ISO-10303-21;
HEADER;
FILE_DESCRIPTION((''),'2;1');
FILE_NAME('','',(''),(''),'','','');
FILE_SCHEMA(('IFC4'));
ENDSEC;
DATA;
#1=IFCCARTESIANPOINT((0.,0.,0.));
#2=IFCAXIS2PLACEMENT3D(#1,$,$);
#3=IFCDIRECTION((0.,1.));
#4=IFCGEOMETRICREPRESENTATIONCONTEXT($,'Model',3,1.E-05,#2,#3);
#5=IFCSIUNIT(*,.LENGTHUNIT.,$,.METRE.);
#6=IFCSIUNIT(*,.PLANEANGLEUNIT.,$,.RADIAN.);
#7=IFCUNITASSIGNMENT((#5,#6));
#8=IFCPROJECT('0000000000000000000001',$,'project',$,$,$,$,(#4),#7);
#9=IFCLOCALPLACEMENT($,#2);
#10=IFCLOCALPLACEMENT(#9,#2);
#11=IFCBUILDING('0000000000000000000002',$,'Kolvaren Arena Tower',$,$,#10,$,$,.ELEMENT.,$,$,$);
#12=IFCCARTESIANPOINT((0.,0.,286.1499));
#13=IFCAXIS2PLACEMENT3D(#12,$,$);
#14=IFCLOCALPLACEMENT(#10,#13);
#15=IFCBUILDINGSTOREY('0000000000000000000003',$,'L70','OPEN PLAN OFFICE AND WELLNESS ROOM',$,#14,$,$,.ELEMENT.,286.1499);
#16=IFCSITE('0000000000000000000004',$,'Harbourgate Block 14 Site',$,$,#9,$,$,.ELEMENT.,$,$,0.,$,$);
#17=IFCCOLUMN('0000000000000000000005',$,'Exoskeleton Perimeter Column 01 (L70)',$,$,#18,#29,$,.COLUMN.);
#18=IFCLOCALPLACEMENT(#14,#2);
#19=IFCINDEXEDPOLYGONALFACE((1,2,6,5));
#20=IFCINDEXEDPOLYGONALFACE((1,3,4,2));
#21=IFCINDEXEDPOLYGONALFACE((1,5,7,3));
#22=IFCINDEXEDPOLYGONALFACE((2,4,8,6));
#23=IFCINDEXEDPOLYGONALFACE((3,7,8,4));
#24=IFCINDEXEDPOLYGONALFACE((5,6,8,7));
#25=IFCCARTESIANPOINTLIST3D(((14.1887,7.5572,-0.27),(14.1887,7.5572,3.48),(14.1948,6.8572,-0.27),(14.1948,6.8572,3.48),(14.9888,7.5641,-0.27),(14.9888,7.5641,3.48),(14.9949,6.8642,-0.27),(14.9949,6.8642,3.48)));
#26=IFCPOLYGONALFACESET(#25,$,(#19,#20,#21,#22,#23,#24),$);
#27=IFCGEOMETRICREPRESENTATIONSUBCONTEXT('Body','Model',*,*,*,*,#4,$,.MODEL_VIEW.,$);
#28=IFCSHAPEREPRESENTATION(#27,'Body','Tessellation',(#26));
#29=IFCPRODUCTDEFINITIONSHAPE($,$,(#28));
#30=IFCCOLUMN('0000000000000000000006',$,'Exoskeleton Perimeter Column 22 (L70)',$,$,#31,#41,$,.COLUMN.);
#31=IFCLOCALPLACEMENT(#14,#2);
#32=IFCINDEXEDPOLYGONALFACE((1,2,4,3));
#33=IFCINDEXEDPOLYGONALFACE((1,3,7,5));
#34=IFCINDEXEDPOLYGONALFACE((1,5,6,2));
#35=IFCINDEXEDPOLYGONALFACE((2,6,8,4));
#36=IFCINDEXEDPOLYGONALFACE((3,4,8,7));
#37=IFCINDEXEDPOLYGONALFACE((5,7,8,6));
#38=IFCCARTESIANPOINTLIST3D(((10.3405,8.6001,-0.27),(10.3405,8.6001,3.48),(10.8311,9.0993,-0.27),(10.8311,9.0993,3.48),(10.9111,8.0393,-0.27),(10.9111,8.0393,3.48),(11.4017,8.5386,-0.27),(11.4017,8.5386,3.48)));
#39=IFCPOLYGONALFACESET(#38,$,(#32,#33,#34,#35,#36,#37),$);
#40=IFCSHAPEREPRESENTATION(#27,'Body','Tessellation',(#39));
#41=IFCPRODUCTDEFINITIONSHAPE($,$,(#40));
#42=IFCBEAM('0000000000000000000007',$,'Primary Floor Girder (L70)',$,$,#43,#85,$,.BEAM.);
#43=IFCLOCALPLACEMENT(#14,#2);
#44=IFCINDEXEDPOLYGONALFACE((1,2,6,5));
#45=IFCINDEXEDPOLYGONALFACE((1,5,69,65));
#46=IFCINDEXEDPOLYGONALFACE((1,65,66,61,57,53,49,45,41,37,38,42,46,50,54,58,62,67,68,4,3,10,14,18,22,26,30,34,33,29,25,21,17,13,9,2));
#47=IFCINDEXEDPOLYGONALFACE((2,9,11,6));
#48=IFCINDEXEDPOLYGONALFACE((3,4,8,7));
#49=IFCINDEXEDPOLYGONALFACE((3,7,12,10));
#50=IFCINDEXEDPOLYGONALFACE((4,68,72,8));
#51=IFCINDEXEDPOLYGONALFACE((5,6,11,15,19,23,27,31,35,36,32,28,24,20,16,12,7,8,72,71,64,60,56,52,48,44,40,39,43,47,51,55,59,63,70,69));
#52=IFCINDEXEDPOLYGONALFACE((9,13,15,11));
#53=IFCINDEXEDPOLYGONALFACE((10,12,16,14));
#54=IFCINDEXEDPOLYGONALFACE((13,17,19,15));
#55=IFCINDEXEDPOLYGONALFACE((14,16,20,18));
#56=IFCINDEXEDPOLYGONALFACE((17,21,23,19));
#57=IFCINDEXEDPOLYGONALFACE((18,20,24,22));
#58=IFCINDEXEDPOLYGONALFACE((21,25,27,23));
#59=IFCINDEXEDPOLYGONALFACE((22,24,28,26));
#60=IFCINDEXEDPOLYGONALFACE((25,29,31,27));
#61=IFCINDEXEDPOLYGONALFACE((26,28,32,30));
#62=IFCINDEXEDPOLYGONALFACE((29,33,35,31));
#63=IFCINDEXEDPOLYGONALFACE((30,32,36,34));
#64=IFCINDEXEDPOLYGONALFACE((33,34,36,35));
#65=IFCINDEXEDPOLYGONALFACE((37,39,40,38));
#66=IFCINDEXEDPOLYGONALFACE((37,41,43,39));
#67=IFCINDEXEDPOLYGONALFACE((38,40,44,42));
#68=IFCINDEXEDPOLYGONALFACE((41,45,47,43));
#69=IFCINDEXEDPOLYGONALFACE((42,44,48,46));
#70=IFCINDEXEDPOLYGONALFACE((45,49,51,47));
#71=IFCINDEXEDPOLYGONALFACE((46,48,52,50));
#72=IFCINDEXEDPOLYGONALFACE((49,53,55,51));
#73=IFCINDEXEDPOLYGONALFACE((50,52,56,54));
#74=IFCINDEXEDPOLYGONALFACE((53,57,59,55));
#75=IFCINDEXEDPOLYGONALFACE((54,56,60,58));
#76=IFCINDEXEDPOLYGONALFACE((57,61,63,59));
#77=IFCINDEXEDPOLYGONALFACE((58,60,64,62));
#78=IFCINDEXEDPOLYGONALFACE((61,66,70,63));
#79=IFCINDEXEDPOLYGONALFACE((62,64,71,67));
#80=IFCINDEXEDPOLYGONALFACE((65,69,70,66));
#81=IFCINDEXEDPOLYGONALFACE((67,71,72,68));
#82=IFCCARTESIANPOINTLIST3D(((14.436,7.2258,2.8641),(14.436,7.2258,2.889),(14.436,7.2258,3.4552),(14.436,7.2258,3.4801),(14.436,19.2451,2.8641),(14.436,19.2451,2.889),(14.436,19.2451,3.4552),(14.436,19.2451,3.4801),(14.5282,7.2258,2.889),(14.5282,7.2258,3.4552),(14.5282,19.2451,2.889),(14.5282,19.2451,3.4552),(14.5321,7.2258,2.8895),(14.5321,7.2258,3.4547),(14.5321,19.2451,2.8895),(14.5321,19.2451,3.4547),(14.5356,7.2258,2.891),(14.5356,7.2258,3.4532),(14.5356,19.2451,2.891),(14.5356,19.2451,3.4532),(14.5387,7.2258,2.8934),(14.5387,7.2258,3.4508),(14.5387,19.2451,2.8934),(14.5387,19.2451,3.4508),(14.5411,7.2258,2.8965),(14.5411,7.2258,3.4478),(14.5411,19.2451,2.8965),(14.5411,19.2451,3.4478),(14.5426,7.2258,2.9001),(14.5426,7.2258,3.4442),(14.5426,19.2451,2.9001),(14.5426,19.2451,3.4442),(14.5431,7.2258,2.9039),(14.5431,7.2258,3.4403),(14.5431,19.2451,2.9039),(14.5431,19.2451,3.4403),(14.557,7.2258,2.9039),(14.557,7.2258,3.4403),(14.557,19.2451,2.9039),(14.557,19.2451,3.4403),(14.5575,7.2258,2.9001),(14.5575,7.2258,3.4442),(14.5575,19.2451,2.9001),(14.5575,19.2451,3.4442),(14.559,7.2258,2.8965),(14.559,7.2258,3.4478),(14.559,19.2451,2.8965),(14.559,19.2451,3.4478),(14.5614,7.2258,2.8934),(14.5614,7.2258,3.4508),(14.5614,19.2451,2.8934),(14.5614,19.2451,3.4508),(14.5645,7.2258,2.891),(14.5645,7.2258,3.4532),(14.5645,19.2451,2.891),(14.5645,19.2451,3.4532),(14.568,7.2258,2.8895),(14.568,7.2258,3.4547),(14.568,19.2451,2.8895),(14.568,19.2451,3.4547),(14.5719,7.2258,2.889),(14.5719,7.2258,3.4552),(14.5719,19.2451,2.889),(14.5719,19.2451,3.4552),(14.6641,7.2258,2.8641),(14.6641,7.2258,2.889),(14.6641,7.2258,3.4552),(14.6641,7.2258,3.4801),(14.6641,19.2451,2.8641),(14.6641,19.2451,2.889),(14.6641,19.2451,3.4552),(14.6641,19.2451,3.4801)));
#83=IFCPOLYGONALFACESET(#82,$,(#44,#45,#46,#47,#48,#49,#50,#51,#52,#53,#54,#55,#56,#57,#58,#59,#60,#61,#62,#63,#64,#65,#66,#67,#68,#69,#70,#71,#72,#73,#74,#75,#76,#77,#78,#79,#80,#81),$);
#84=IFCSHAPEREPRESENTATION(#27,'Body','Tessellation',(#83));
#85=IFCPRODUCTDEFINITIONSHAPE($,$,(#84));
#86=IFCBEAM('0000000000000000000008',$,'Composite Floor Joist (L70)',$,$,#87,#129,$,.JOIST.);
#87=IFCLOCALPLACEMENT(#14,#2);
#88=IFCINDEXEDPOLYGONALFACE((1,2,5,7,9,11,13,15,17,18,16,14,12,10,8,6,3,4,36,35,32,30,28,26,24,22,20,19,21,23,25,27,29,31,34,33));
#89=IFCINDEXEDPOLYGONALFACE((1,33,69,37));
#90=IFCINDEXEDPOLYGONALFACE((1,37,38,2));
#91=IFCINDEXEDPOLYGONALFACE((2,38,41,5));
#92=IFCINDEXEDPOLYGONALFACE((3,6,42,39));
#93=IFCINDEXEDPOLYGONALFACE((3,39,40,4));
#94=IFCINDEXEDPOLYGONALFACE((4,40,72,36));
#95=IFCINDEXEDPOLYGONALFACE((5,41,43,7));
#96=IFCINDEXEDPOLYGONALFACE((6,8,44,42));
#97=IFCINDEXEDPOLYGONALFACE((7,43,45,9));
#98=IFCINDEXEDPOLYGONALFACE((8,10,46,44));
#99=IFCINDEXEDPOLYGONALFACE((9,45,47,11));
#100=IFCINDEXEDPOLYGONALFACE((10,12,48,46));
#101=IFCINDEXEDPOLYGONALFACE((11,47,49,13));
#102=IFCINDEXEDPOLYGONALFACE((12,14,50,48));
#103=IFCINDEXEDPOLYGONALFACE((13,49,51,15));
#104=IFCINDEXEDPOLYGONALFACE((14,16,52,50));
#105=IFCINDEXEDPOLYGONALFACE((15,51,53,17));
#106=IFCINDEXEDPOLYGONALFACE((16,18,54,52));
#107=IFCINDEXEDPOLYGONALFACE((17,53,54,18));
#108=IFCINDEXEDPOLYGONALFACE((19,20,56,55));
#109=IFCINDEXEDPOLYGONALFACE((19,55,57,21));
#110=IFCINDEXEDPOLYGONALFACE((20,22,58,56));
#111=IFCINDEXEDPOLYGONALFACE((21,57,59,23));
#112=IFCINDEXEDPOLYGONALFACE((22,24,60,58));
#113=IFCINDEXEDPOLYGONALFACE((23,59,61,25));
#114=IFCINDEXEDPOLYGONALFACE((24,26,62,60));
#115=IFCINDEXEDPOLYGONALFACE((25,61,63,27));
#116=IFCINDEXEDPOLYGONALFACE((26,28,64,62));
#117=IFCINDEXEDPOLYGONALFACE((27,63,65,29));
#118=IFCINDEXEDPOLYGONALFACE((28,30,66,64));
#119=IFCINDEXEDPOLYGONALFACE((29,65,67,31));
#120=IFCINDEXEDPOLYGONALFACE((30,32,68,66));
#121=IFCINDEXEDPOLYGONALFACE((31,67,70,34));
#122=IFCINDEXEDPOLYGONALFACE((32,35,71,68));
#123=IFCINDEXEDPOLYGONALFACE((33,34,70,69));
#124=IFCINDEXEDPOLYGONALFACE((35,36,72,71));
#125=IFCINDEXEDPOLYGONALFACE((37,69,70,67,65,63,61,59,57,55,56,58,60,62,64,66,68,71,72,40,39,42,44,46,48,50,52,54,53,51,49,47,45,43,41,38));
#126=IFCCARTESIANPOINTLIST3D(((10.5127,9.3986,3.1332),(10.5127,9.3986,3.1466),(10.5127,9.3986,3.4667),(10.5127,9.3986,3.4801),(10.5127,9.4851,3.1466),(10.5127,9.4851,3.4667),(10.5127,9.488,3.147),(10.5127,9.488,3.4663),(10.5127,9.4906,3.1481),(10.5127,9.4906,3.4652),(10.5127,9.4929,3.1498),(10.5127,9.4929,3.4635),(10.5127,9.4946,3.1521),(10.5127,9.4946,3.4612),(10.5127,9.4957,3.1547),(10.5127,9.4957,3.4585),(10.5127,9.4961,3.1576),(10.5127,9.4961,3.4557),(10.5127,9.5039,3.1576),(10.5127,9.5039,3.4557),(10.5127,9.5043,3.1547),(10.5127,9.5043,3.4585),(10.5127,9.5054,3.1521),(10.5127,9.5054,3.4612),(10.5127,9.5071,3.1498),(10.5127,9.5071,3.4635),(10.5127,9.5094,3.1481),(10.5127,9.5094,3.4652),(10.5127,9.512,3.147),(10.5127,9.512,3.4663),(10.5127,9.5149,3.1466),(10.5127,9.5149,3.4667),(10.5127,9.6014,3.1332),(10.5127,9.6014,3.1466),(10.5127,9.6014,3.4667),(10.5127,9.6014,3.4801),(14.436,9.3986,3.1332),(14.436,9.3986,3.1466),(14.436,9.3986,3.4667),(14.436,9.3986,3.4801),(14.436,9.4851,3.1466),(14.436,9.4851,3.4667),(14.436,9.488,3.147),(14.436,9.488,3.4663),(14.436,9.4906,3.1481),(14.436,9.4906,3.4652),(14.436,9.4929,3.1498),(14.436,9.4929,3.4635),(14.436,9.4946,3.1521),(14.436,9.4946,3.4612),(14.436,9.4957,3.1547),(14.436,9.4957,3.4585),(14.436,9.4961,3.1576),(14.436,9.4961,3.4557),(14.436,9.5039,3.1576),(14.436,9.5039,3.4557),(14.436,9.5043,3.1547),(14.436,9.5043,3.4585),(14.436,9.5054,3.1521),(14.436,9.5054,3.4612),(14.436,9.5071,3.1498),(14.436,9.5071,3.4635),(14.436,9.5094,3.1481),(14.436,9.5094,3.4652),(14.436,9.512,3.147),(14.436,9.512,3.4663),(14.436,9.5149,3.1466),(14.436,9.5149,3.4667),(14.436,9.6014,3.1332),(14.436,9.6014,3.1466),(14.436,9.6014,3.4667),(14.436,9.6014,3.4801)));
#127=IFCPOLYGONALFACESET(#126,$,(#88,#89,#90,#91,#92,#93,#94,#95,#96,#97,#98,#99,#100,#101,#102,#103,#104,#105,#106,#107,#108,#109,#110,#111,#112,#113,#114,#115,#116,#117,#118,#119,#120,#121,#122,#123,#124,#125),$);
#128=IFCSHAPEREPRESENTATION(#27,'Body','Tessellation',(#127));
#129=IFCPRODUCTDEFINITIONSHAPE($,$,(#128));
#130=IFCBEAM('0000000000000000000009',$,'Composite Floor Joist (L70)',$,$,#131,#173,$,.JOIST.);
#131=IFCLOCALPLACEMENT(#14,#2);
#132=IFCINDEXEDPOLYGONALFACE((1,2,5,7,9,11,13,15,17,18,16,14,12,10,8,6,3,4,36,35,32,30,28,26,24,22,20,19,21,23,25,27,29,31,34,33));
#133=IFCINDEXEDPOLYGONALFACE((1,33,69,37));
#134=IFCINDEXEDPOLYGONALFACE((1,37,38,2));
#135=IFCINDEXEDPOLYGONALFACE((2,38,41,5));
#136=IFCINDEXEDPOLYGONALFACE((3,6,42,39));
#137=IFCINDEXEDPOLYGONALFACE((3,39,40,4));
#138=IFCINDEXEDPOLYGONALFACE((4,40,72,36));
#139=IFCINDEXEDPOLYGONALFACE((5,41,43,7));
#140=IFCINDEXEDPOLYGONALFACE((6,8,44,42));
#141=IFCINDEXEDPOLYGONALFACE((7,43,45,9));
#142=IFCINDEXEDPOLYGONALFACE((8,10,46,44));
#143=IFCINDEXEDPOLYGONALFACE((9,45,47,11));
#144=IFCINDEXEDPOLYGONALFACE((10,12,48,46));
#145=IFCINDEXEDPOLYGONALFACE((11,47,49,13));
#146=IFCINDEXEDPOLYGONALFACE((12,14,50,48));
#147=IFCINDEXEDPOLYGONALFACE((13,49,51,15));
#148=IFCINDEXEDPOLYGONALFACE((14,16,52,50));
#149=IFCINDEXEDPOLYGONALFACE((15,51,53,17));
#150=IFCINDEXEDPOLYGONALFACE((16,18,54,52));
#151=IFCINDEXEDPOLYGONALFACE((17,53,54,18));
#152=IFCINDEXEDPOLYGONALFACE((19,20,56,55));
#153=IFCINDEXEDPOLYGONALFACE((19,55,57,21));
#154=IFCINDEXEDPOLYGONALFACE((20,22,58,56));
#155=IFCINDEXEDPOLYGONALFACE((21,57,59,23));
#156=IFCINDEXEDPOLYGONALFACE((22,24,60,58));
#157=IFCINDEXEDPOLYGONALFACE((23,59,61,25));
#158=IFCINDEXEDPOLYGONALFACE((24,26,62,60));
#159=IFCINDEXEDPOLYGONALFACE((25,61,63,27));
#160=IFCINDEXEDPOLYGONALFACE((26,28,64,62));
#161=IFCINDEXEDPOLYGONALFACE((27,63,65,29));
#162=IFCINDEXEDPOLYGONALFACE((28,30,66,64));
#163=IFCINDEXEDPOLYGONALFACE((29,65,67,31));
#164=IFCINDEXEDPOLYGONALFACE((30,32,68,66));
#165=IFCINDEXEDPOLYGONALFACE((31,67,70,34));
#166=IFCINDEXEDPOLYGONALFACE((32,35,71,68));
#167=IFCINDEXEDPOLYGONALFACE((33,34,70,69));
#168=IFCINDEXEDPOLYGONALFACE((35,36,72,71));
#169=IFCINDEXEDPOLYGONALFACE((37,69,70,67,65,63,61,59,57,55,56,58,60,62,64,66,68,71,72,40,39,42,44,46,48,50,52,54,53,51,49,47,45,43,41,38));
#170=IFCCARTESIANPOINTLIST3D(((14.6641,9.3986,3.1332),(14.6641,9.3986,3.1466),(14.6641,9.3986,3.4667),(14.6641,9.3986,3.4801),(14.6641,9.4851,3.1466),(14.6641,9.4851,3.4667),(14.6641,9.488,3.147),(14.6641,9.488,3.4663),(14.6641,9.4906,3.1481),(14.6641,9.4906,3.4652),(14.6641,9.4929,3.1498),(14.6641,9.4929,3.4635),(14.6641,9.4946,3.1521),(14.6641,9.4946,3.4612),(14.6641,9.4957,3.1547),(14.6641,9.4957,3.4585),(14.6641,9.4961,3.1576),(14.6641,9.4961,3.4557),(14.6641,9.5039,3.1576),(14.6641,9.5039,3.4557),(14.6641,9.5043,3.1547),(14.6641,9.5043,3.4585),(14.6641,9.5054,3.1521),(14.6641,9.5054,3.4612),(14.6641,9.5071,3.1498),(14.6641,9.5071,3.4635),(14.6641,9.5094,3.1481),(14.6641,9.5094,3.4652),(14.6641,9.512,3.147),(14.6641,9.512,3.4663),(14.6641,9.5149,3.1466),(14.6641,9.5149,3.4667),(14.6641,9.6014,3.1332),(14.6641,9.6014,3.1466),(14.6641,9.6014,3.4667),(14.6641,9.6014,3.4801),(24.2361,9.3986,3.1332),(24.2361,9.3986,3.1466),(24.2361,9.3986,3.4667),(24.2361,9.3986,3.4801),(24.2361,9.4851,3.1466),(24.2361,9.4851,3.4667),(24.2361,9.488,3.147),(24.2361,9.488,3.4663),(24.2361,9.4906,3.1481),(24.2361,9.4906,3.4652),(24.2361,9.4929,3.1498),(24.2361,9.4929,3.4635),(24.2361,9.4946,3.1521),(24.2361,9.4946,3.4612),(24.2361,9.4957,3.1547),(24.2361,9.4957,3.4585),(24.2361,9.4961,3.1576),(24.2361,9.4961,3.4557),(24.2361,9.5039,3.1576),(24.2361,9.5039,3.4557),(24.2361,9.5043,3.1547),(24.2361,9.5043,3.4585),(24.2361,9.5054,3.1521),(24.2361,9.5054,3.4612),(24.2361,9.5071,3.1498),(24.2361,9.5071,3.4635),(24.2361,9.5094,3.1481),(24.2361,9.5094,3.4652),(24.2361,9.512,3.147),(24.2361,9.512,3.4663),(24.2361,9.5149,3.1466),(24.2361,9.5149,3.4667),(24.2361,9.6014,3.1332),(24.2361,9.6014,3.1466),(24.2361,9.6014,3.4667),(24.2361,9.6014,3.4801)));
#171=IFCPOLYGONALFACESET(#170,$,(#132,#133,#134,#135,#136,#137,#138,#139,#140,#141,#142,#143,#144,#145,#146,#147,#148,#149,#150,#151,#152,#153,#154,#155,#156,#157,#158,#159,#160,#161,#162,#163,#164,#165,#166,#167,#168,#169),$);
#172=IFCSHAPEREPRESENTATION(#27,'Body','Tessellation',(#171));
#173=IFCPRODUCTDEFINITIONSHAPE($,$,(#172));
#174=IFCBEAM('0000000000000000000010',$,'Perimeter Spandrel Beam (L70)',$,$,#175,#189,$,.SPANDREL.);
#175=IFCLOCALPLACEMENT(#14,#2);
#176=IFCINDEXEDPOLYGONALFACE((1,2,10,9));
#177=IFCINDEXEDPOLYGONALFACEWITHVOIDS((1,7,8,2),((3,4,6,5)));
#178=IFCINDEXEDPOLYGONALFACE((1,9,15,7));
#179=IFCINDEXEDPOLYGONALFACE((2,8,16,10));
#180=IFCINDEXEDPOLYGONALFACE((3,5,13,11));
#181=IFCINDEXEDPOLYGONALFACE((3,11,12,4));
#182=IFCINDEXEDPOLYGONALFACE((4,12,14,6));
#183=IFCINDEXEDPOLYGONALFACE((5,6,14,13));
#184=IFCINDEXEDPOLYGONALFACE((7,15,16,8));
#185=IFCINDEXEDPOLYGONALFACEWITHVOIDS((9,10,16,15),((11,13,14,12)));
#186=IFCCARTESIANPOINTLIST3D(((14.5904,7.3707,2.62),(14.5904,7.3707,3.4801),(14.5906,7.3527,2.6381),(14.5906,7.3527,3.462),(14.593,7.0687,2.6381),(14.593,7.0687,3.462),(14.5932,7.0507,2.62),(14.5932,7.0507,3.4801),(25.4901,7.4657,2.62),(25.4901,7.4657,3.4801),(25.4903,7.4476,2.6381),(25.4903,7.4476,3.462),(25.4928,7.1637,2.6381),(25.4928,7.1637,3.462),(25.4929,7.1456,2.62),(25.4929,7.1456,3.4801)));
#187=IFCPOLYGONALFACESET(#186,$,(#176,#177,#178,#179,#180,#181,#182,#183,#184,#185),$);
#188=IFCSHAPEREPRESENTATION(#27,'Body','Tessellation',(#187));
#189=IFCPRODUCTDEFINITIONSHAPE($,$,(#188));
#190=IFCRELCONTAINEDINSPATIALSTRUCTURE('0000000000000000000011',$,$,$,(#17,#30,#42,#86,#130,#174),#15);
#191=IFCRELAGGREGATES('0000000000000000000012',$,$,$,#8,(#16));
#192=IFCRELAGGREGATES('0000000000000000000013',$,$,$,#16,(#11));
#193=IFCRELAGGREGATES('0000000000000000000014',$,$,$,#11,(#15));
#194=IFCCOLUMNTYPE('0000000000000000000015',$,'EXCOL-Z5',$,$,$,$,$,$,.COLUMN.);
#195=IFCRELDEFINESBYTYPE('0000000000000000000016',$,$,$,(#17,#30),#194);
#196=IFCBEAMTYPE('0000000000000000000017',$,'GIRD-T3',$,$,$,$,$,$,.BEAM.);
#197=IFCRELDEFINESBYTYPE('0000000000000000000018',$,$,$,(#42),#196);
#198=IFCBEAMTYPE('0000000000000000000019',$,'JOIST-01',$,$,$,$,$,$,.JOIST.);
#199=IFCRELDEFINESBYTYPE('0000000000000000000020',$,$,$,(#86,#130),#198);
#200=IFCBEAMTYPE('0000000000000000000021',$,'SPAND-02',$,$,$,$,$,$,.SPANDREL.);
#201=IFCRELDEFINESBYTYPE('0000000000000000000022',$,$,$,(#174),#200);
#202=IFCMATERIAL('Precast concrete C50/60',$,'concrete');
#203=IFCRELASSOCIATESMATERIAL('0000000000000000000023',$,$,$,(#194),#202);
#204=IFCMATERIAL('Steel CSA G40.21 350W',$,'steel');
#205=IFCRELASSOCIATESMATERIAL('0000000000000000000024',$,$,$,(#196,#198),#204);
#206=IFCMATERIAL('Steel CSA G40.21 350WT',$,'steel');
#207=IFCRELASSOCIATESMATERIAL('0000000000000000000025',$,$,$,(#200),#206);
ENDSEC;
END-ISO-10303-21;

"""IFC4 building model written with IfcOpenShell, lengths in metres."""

from ifc_helpers import new_model, si_unit, direction, frame, origin, origin_2d, place, context, subcontext, project, spatial, rectangle, hollow_rectangle, i_section, extrude, material, material_profile, profile_set, type_object, element, save


model = new_model("IFC4")

# Units and contexts
model_context = context("Model", 3, precision=1e-05, world=origin(), true_north=direction((0.0, 1.0)))
body_context = subcontext(model_context, "Body", "Model", "MODEL_VIEW")
ifc_project = project(units=[si_unit("LENGTHUNIT", "METRE"), si_unit("PLANEANGLEUNIT", "RADIAN")], contexts=[model_context])

# Site, building, storey
site_placement = place(None, origin())
site = spatial("IfcSite", under=ifc_project, at=site_placement, Name="Harbourgate Block 14 Site", CompositionType="ELEMENT", RefElevation=0.0)
building_placement = place(site_placement, origin())
building = spatial("IfcBuilding", under=site, at=building_placement, Name="Kolvaren Arena Tower", CompositionType="ELEMENT")
storey_placement = place(building_placement, frame((0.0, 0.0, 286.1499)))
storey = spatial("IfcBuildingStorey", under=building, at=storey_placement, Name="L70", Description="OPEN PLAN OFFICE AND WELLNESS ROOM", CompositionType="ELEMENT", Elevation=286.1499)

# Columns
ifc_material_1 = material(Name="Precast concrete C50/60", Category="concrete")
ifc_material_profile_1 = material_profile(ifc_material_1, rectangle(XDim=0.8, YDim=0.7, at=origin_2d()), Name="RC-800x700")
ifc_profile_set_1 = profile_set([ifc_material_profile_1], Name="Precast concrete C50/60")
column_type = type_object("IfcColumnType", Name="EXCOL-Z5", PredefinedType="COLUMN", material=ifc_profile_set_1)
for number, where, z_axis, x_axis, name in (
    (1, (14.5918, 7.2107, -0.27), (0.0, 0.0, 1.0), (0.999962, 0.008727, 0.0), "Exoskeleton Perimeter Column 01 (L70)"),
    (2, (10.8711, 8.5693, -0.27), (0.0, 0.0, 1.0), (-0.71325, 0.700909, 0.0), "Exoskeleton Perimeter Column 22 (L70)"),
):
    element("IfcColumn", number, at=place(storey_placement, frame(where, z_axis=z_axis, x_axis=x_axis)), inside=storey, type_object=column_type, Name=name, PredefinedType="COLUMN", context=body_context, shape_type="SweptSolid", body=[
        extrude(rectangle(XDim=0.8, YDim=0.7, at=origin_2d()), origin(), (0.0, 0.0, 1.0), 3.75),
    ])

# Beams
ifc_material_2 = material(Name="Steel CSA G40.21 350W", Category="steel")
ifc_material_profile_2 = material_profile(ifc_material_2, i_section(OverallWidth=0.228, OverallDepth=0.616, WebThickness=0.0139, FlangeThickness=0.0249, FilletRadius=0.0149, at=origin_2d()), Name="W610x174")
ifc_profile_set_2 = profile_set([ifc_material_profile_2], Name="Steel CSA G40.21 350W")
beam_type_1 = type_object("IfcBeamType", Name="GIRD-T3", PredefinedType="BEAM", material=ifc_profile_set_2)
beam_1_placement = place(storey_placement, frame((14.55, 7.2258, 3.1721), z_axis=(0.0, 1.0, 0.0), x_axis=(-1.0, 0.0, 0.0)))
element("IfcBeam", 3, at=beam_1_placement, inside=storey, type_object=beam_type_1, Name="Primary Floor Girder (L70)", PredefinedType="BEAM", context=body_context, shape_type="SweptSolid", body=[
    extrude(i_section(OverallWidth=0.228, OverallDepth=0.616, WebThickness=0.0139, FlangeThickness=0.0249, FilletRadius=0.0149, at=origin_2d()), origin(), (0.0, 0.0, 1.0), 12.0193),
])
ifc_material_profile_3 = material_profile(ifc_material_2, i_section(OverallWidth=0.2029, OverallDepth=0.3469, WebThickness=0.0078, FlangeThickness=0.0134, FilletRadius=0.011, at=origin_2d()), Name="W360x64")
ifc_profile_set_3 = profile_set([ifc_material_profile_3], Name="Steel CSA G40.21 350W")
beam_type_2 = type_object("IfcBeamType", Name="JOIST-01", PredefinedType="JOIST", material=ifc_profile_set_3)
beam_2_placement = place(storey_placement, frame((10.5127, 9.5, 3.3066), z_axis=(1.0, 0.0, 0.0), x_axis=(0.0, 1.0, 0.0)))
element("IfcBeam", 4, at=beam_2_placement, inside=storey, type_object=beam_type_2, Name="Composite Floor Joist (L70)", PredefinedType="JOIST", context=body_context, shape_type="SweptSolid", body=[
    extrude(i_section(OverallWidth=0.2029, OverallDepth=0.3469, WebThickness=0.0078, FlangeThickness=0.0134, FilletRadius=0.011, at=origin_2d()), origin(), (0.0, 0.0, 1.0), 3.9233),
])
beam_3_placement = place(storey_placement, frame((14.6641, 9.5, 3.3066), z_axis=(1.0, 0.0, 0.0), x_axis=(0.0, 1.0, 0.0)))
element("IfcBeam", 5, at=beam_3_placement, inside=storey, type_object=beam_type_2, Name="Composite Floor Joist (L70)", PredefinedType="JOIST", context=body_context, shape_type="SweptSolid", body=[
    extrude(i_section(OverallWidth=0.2029, OverallDepth=0.3469, WebThickness=0.0078, FlangeThickness=0.0134, FilletRadius=0.011, at=origin_2d()), origin(), (0.0, 0.0, 1.0), 9.572),
])
ifc_material_3 = material(Name="Steel CSA G40.21 350WT", Category="steel")
ifc_material_profile_4 = material_profile(ifc_material_3, hollow_rectangle(XDim=0.3201, YDim=0.8601, WallThickness=0.0181, at=origin_2d()), Name="HSS 860x320x18")
ifc_profile_set_4 = profile_set([ifc_material_profile_4], Name="Steel CSA G40.21 350WT")
beam_type_3 = type_object("IfcBeamType", Name="SPAND-02", PredefinedType="SPANDREL", material=ifc_profile_set_4)
beam_4_placement = place(storey_placement, frame((14.5918, 7.2107, 3.05), z_axis=(0.999962, 0.008713, 0.0), x_axis=(-0.008713, 0.999962, 0.0)))
element("IfcBeam", 6, at=beam_4_placement, inside=storey, type_object=beam_type_3, Name="Perimeter Spandrel Beam (L70)", PredefinedType="SPANDREL", context=body_context, shape_type="SweptSolid", body=[
    extrude(hollow_rectangle(XDim=0.3201, YDim=0.8601, WallThickness=0.0181, at=origin_2d()), origin(), (0.0, 0.0, 1.0), 10.9001),
])

save(model, "model.ifc")
